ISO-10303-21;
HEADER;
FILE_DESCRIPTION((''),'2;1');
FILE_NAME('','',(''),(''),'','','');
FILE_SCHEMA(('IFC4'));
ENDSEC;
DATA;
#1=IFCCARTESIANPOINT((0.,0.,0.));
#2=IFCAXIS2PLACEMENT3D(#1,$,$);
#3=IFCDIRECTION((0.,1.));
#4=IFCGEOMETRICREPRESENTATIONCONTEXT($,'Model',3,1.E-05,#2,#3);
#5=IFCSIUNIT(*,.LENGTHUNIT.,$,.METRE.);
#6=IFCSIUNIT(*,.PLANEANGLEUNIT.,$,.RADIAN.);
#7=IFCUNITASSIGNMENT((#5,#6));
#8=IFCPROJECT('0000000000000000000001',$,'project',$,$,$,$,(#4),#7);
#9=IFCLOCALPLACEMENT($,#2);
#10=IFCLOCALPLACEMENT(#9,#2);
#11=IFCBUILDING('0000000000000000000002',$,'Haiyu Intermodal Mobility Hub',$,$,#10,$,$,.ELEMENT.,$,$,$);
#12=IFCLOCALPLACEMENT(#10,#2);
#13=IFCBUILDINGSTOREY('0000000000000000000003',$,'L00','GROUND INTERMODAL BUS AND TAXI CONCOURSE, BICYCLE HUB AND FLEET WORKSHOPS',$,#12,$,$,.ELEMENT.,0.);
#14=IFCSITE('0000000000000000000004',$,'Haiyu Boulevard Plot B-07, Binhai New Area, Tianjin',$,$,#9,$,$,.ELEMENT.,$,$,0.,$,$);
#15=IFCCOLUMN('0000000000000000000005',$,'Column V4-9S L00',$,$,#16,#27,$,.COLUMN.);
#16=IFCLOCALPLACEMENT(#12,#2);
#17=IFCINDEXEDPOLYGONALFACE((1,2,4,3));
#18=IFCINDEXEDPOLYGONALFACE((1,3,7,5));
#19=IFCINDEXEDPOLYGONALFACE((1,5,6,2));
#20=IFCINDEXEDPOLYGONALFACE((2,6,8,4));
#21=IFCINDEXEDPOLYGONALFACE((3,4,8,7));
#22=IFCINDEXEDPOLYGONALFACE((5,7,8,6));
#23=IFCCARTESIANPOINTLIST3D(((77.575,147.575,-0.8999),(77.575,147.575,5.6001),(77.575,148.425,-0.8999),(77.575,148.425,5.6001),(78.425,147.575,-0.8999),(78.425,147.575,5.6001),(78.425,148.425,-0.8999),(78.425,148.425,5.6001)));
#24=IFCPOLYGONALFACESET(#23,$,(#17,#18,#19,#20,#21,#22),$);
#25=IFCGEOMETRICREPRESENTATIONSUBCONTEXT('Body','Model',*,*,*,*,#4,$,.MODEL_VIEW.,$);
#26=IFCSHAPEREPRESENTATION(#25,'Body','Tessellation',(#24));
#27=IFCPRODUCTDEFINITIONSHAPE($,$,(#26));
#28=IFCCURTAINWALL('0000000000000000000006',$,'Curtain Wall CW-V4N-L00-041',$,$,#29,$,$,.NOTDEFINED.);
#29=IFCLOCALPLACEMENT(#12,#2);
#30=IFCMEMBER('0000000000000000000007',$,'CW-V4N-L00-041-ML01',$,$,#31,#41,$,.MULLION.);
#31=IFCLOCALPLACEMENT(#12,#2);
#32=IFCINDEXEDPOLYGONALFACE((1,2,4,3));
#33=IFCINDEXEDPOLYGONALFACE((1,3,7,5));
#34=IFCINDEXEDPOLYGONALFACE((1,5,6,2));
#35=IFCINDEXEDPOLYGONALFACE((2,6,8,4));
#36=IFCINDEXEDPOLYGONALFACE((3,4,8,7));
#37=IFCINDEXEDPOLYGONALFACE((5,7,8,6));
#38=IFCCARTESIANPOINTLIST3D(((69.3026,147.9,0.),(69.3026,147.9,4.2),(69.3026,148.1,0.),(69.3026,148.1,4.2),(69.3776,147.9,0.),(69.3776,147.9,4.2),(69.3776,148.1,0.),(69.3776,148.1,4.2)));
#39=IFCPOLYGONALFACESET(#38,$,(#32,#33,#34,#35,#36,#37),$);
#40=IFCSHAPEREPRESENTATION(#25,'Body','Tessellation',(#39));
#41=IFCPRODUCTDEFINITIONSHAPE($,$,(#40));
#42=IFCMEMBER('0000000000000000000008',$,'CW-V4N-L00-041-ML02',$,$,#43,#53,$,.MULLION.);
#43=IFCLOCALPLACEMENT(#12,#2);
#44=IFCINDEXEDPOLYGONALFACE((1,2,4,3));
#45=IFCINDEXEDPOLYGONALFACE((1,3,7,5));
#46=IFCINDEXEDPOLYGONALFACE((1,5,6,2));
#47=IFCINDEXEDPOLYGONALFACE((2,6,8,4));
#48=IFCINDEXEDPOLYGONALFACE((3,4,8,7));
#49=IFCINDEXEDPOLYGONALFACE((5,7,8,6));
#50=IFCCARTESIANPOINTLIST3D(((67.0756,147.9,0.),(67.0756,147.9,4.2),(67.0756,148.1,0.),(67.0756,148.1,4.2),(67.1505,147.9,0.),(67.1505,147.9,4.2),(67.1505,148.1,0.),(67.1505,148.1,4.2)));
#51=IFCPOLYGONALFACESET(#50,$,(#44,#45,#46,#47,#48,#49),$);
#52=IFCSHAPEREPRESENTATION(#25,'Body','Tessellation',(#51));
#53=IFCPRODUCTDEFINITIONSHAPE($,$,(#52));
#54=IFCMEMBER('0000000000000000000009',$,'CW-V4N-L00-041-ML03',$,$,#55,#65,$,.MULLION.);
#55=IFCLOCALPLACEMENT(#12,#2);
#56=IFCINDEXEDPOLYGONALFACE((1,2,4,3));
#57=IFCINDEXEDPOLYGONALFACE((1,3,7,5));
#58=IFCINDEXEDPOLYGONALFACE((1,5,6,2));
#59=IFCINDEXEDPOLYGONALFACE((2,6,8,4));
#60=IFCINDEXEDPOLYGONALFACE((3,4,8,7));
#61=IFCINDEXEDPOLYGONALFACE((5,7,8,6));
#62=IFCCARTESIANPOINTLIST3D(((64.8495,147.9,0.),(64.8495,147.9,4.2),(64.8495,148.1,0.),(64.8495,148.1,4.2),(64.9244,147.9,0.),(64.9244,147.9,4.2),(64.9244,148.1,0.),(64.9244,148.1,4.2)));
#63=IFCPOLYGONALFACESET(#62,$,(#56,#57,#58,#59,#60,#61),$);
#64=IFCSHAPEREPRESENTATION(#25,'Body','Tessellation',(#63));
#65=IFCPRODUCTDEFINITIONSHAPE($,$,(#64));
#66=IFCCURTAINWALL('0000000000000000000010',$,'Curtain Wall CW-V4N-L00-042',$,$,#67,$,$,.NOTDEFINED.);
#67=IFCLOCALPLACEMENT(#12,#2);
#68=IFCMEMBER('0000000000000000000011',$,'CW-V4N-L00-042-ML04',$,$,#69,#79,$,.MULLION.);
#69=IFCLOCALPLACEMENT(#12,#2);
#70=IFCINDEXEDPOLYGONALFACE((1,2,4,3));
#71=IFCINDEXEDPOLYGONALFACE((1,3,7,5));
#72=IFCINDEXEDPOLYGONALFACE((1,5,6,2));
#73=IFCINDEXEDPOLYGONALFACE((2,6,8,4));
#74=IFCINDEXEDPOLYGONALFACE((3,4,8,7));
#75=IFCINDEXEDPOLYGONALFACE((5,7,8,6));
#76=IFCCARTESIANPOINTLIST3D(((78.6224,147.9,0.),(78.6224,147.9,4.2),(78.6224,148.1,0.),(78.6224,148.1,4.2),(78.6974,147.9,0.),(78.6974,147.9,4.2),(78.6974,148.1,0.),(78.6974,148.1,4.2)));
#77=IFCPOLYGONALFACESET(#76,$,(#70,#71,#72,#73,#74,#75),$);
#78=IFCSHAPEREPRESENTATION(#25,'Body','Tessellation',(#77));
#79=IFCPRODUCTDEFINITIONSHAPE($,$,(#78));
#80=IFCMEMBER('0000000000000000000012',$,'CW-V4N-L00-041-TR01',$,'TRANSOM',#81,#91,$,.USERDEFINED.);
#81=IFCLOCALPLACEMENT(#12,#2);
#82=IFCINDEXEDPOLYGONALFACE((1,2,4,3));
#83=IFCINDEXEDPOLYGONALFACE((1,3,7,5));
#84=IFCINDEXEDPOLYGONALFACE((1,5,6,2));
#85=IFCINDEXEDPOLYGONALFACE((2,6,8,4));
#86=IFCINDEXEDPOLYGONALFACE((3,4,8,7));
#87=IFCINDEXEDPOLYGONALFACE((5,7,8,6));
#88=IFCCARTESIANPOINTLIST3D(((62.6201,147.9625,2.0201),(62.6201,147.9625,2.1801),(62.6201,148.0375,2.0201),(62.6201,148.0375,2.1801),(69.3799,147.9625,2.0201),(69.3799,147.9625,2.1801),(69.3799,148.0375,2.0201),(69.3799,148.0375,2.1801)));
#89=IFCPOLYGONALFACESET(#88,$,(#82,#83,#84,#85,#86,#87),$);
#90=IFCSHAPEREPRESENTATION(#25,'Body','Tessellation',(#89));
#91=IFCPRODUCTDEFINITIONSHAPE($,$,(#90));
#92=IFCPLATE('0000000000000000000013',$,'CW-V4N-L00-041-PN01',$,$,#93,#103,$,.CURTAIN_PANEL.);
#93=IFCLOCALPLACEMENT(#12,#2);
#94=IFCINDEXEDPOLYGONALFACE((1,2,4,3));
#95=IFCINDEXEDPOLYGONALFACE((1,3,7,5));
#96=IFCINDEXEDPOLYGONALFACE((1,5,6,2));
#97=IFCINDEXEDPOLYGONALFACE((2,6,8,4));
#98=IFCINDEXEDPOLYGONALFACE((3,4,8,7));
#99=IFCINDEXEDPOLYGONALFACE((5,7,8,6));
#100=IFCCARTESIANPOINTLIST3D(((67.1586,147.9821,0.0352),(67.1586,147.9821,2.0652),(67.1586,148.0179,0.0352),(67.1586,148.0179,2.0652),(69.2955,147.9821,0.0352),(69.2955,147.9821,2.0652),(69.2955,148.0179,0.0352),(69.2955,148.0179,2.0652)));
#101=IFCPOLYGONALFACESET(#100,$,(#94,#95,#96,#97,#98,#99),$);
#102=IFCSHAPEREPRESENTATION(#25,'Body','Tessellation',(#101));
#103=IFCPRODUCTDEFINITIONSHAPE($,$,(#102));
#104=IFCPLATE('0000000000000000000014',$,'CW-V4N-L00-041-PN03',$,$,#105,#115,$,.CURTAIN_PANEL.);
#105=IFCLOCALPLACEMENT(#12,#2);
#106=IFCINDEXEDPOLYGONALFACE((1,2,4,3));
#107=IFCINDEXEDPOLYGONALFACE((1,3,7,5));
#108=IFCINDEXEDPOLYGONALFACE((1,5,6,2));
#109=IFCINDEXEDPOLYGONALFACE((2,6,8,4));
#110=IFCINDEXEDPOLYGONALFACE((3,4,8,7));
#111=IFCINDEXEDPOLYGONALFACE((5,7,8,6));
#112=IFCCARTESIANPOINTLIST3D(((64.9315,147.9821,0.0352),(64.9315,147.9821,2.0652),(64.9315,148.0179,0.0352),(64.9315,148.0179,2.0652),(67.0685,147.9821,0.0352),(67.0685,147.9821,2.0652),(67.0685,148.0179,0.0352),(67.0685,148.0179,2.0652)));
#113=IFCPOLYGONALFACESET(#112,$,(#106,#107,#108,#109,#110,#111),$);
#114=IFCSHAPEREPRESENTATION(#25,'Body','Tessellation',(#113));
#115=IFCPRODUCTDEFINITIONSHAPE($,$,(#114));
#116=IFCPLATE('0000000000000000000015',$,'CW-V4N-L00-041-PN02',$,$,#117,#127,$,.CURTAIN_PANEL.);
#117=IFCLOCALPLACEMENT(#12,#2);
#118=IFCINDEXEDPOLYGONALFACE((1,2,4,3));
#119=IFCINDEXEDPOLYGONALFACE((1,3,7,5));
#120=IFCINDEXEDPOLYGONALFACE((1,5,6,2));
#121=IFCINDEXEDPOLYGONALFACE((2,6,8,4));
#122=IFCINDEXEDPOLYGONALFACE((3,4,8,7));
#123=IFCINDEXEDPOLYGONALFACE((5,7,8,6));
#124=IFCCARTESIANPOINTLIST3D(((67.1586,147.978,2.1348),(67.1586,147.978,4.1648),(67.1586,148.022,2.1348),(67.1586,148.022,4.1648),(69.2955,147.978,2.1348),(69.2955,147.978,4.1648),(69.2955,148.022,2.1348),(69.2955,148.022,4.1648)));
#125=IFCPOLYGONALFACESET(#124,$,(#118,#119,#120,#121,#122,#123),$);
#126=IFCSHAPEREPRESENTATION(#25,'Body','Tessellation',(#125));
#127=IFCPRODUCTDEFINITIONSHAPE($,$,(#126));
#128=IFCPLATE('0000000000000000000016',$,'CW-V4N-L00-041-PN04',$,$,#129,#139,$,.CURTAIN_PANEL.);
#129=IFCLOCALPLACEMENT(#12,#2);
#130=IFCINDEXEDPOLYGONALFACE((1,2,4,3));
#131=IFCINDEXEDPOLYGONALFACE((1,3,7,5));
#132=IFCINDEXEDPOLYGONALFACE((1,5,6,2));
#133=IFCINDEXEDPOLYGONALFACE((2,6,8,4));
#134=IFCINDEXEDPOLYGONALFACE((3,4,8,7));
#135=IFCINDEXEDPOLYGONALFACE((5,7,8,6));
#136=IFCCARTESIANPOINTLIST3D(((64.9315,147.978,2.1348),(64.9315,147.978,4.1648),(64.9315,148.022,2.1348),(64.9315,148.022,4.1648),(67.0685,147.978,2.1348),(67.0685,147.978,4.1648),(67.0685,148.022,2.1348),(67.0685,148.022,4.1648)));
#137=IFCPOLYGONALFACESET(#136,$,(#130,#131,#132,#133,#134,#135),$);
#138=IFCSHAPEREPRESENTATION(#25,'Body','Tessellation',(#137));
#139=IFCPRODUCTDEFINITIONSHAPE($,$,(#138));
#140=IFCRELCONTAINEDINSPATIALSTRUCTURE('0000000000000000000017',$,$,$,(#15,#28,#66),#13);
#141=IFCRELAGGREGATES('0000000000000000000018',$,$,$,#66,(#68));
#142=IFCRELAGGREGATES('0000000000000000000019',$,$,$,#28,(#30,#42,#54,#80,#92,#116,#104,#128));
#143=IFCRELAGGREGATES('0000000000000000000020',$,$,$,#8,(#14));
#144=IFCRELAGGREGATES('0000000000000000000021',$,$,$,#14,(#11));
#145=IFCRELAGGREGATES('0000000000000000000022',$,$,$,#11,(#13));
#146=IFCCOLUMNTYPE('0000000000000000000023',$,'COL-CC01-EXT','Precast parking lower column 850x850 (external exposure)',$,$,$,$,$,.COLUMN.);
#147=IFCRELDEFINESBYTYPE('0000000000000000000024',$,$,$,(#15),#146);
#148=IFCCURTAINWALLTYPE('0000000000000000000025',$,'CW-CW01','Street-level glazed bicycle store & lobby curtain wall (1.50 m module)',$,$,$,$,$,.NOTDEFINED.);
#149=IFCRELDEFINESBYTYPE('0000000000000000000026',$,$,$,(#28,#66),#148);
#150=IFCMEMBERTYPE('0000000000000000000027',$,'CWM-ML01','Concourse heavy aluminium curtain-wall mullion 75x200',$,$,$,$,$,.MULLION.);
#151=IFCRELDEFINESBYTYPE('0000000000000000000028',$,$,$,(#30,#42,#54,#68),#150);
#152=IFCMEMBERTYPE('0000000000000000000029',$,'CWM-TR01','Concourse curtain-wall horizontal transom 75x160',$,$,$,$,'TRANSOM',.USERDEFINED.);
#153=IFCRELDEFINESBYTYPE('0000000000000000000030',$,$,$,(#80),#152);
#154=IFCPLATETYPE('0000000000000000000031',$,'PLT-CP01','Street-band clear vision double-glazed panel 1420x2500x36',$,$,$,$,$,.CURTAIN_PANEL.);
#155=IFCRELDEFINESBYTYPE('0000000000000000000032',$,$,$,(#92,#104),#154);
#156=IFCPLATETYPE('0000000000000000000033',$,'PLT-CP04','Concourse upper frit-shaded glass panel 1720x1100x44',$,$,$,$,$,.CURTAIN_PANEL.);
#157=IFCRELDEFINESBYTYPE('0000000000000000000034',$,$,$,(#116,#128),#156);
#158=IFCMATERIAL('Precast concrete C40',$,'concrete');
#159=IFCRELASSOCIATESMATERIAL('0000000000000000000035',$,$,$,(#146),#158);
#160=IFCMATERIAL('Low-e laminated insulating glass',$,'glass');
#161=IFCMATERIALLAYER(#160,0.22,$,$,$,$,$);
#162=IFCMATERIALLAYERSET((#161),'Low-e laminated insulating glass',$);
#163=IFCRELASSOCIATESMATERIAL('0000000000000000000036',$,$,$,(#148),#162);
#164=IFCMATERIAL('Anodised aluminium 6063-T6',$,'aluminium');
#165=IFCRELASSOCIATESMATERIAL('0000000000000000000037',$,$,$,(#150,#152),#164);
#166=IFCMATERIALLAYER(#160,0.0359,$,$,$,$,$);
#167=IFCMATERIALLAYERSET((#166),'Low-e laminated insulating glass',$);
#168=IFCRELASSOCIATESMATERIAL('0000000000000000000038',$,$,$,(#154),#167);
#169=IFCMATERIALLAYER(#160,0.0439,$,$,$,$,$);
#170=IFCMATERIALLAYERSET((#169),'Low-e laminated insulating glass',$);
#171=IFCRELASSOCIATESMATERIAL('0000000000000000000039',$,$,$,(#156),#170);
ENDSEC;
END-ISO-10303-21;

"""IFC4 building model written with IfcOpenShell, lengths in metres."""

from ifc_helpers import new_model, si_unit, direction, frame, origin, origin_2d, place, context, subcontext, project, spatial, rectangle, extrude, material, layer, layer_set, material_profile, profile_set, type_object, element, aggregate, save


model = new_model("IFC4")

# Units and contexts
model_context = context("Model", 3, precision=1e-05, world=origin(), true_north=direction((0.0, 1.0)))
body_context = subcontext(model_context, "Body", "Model", "MODEL_VIEW")
ifc_project = project(units=[si_unit("LENGTHUNIT", "METRE"), si_unit("PLANEANGLEUNIT", "RADIAN")], contexts=[model_context])

# Site, building, storey
site_placement = place(None, origin())
site = spatial("IfcSite", under=ifc_project, at=site_placement, Name="Haiyu Boulevard Plot B-07, Binhai New Area, Tianjin", CompositionType="ELEMENT", RefElevation=0.0)
building_placement = place(site_placement, origin())
building = spatial("IfcBuilding", under=site, at=building_placement, Name="Haiyu Intermodal Mobility Hub", CompositionType="ELEMENT")
storey_placement = place(building_placement, origin())
storey = spatial("IfcBuildingStorey", under=building, at=storey_placement, Name="L00", Description="GROUND INTERMODAL BUS AND TAXI CONCOURSE, BICYCLE HUB AND FLEET WORKSHOPS", CompositionType="ELEMENT", Elevation=0.0)

# Column
ifc_material_1 = material(Name="Precast concrete C40", Category="concrete")
ifc_material_profile_1 = material_profile(ifc_material_1, rectangle(XDim=0.8501, YDim=0.8501, at=origin_2d()), Name="RC850x850")
ifc_profile_set_1 = profile_set([ifc_material_profile_1], Name="Precast concrete C40")
column_type = type_object("IfcColumnType", Name="COL-CC01-EXT", Description="Precast parking lower column 850x850 (external exposure)", PredefinedType="COLUMN", material=ifc_profile_set_1)
for number, where, z_axis, x_axis, name in (
    (1, (78.0, 148.0, -0.8999), (0.0, 0.0, 1.0), (1.0, 0.0, 0.0), "Column V4-9S L00"),
):
    element("IfcColumn", number, at=place(storey_placement, frame(where, z_axis=z_axis, x_axis=x_axis)), inside=storey, type_object=column_type, Name=name, PredefinedType="COLUMN", context=body_context, shape_type="SweptSolid", body=[
        extrude(rectangle(XDim=0.8501, YDim=0.8501, at=origin_2d()), origin(), (0.0, 0.0, 1.0), 6.5),
    ])

# Curtain wall, members
ifc_material_2 = material(Name="Low-e laminated insulating glass", Category="glass")
ifc_layer_1 = layer(ifc_material_2, 0.22)
ifc_layer_set_1 = layer_set([ifc_layer_1], Name="Low-e laminated insulating glass")
curtain_wall_type = type_object("IfcCurtainWallType", Name="CW-CW01", Description="Street-level glazed bicycle store & lobby curtain wall (1.50 m module)", PredefinedType="NOTDEFINED", material=ifc_layer_set_1)
curtain_wall_1_placement = place(storey_placement, origin())
curtain_wall_1 = element("IfcCurtainWall", 2, at=curtain_wall_1_placement, inside=storey, type_object=curtain_wall_type, Name="Curtain Wall CW-V4N-L00-041", PredefinedType="NOTDEFINED")
ifc_material_3 = material(Name="Anodised aluminium 6063-T6", Category="aluminium")
ifc_material_profile_2 = material_profile(ifc_material_3, rectangle(XDim=0.075, YDim=0.2, at=origin_2d()), Name="ALU75x200")
ifc_profile_set_2 = profile_set([ifc_material_profile_2], Name="Anodised aluminium 6063-T6")
member_type_1 = type_object("IfcMemberType", Name="CWM-ML01", Description="Concourse heavy aluminium curtain-wall mullion 75x200", PredefinedType="MULLION", material=ifc_profile_set_2)
member_1_placement = place(storey_placement, frame((69.3401, 148.0, 0.0), z_axis=(0.0, 0.0, 1.0), x_axis=(1.0, 0.0, 0.0)))
member_1 = element("IfcMember", 3, at=member_1_placement, type_object=member_type_1, Name="CW-V4N-L00-041-ML01", PredefinedType="MULLION", context=body_context, shape_type="SweptSolid", body=[
    extrude(rectangle(XDim=0.075, YDim=0.2, at=origin_2d()), origin(), (0.0, 0.0, 1.0), 4.2),
])
member_2_placement = place(storey_placement, frame((67.113, 148.0, 0.0), z_axis=(0.0, 0.0, 1.0), x_axis=(1.0, 0.0, 0.0)))
member_2 = element("IfcMember", 4, at=member_2_placement, type_object=member_type_1, Name="CW-V4N-L00-041-ML02", PredefinedType="MULLION", context=body_context, shape_type="SweptSolid", body=[
    extrude(rectangle(XDim=0.075, YDim=0.2, at=origin_2d()), origin(), (0.0, 0.0, 1.0), 4.2),
])
member_3_placement = place(storey_placement, frame((64.887, 148.0, 0.0), z_axis=(0.0, 0.0, 1.0), x_axis=(1.0, 0.0, 0.0)))
member_3 = element("IfcMember", 5, at=member_3_placement, type_object=member_type_1, Name="CW-V4N-L00-041-ML03", PredefinedType="MULLION", context=body_context, shape_type="SweptSolid", body=[
    extrude(rectangle(XDim=0.075, YDim=0.2, at=origin_2d()), origin(), (0.0, 0.0, 1.0), 4.2),
])

# Curtain wall, member
curtain_wall_2_placement = place(storey_placement, origin())
curtain_wall_2 = element("IfcCurtainWall", 6, at=curtain_wall_2_placement, inside=storey, type_object=curtain_wall_type, Name="Curtain Wall CW-V4N-L00-042", PredefinedType="NOTDEFINED")
member_4_placement = place(storey_placement, frame((78.6599, 148.0, 0.0), z_axis=(0.0, 0.0, 1.0), x_axis=(1.0, 0.0, 0.0)))
member_4 = element("IfcMember", 7, at=member_4_placement, type_object=member_type_1, Name="CW-V4N-L00-042-ML04", PredefinedType="MULLION", context=body_context, shape_type="SweptSolid", body=[
    extrude(rectangle(XDim=0.075, YDim=0.2, at=origin_2d()), origin(), (0.0, 0.0, 1.0), 4.2),
])
aggregate(curtain_wall_2, [member_4])

# Member
ifc_material_profile_3 = material_profile(ifc_material_3, rectangle(XDim=0.075, YDim=0.1599, at=origin_2d()), Name="ALU75x160")
ifc_profile_set_3 = profile_set([ifc_material_profile_3], Name="Anodised aluminium 6063-T6")
member_type_2 = type_object("IfcMemberType", Name="CWM-TR01", Description="Concourse curtain-wall horizontal transom 75x160", ElementType="TRANSOM", PredefinedType="USERDEFINED", material=ifc_profile_set_3)
member_5_placement = place(storey_placement, frame((69.3799, 148.0, 2.1001), z_axis=(-1.0, 0.0, 0.0), x_axis=(0.0, -1.0, 0.0)))
member_5 = element("IfcMember", 8, at=member_5_placement, type_object=member_type_2, Name="CW-V4N-L00-041-TR01", ObjectType="TRANSOM", PredefinedType="USERDEFINED", context=body_context, shape_type="SweptSolid", body=[
    extrude(rectangle(XDim=0.075, YDim=0.1599, at=origin_2d()), origin(), (0.0, 0.0, 1.0), 6.7598),
])

# Plates
ifc_layer_2 = layer(ifc_material_2, 0.0359)
ifc_layer_set_2 = layer_set([ifc_layer_2], Name="Low-e laminated insulating glass")
plate_type_1 = type_object("IfcPlateType", Name="PLT-CP01", Description="Street-band clear vision double-glazed panel 1420x2500x36", PredefinedType="CURTAIN_PANEL", material=ifc_layer_set_2)
plate_1_placement = place(storey_placement, frame((68.2271, 148.0, 0.0352), z_axis=(0.0, 0.0, 1.0), x_axis=(-1.0, 0.0, 0.0)))
plate_1 = element("IfcPlate", 9, at=plate_1_placement, type_object=plate_type_1, Name="CW-V4N-L00-041-PN01", PredefinedType="CURTAIN_PANEL", context=body_context, shape_type="SweptSolid", body=[
    extrude(rectangle(XDim=2.137, YDim=0.0359, at=origin_2d()), origin(), (0.0, 0.0, 1.0), 2.03),
])
plate_2_placement = place(storey_placement, frame((66.0, 148.0, 0.0352), z_axis=(0.0, 0.0, 1.0), x_axis=(-1.0, 0.0, 0.0)))
plate_2 = element("IfcPlate", 10, at=plate_2_placement, type_object=plate_type_1, Name="CW-V4N-L00-041-PN03", PredefinedType="CURTAIN_PANEL", context=body_context, shape_type="SweptSolid", body=[
    extrude(rectangle(XDim=2.137, YDim=0.0359, at=origin_2d()), origin(), (0.0, 0.0, 1.0), 2.03),
])
ifc_layer_3 = layer(ifc_material_2, 0.0439)
ifc_layer_set_3 = layer_set([ifc_layer_3], Name="Low-e laminated insulating glass")
plate_type_2 = type_object("IfcPlateType", Name="PLT-CP04", Description="Concourse upper frit-shaded glass panel 1720x1100x44", PredefinedType="CURTAIN_PANEL", material=ifc_layer_set_3)
plate_3_placement = place(storey_placement, frame((68.2271, 148.0, 2.1348), z_axis=(0.0, 0.0, 1.0), x_axis=(-1.0, 0.0, 0.0)))
plate_3 = element("IfcPlate", 11, at=plate_3_placement, type_object=plate_type_2, Name="CW-V4N-L00-041-PN02", PredefinedType="CURTAIN_PANEL", context=body_context, shape_type="SweptSolid", body=[
    extrude(rectangle(XDim=2.137, YDim=0.0439, at=origin_2d()), origin(), (0.0, 0.0, 1.0), 2.03),
])
plate_4_placement = place(storey_placement, frame((66.0, 148.0, 2.1348), z_axis=(0.0, 0.0, 1.0), x_axis=(-1.0, 0.0, 0.0)))
plate_4 = element("IfcPlate", 12, at=plate_4_placement, type_object=plate_type_2, Name="CW-V4N-L00-041-PN04", PredefinedType="CURTAIN_PANEL", context=body_context, shape_type="SweptSolid", body=[
    extrude(rectangle(XDim=2.137, YDim=0.0439, at=origin_2d()), origin(), (0.0, 0.0, 1.0), 2.03),
])
aggregate(curtain_wall_1, [member_1, member_2, member_3, member_5, plate_1, plate_3, plate_2, plate_4])

save(model, "model.ifc")
